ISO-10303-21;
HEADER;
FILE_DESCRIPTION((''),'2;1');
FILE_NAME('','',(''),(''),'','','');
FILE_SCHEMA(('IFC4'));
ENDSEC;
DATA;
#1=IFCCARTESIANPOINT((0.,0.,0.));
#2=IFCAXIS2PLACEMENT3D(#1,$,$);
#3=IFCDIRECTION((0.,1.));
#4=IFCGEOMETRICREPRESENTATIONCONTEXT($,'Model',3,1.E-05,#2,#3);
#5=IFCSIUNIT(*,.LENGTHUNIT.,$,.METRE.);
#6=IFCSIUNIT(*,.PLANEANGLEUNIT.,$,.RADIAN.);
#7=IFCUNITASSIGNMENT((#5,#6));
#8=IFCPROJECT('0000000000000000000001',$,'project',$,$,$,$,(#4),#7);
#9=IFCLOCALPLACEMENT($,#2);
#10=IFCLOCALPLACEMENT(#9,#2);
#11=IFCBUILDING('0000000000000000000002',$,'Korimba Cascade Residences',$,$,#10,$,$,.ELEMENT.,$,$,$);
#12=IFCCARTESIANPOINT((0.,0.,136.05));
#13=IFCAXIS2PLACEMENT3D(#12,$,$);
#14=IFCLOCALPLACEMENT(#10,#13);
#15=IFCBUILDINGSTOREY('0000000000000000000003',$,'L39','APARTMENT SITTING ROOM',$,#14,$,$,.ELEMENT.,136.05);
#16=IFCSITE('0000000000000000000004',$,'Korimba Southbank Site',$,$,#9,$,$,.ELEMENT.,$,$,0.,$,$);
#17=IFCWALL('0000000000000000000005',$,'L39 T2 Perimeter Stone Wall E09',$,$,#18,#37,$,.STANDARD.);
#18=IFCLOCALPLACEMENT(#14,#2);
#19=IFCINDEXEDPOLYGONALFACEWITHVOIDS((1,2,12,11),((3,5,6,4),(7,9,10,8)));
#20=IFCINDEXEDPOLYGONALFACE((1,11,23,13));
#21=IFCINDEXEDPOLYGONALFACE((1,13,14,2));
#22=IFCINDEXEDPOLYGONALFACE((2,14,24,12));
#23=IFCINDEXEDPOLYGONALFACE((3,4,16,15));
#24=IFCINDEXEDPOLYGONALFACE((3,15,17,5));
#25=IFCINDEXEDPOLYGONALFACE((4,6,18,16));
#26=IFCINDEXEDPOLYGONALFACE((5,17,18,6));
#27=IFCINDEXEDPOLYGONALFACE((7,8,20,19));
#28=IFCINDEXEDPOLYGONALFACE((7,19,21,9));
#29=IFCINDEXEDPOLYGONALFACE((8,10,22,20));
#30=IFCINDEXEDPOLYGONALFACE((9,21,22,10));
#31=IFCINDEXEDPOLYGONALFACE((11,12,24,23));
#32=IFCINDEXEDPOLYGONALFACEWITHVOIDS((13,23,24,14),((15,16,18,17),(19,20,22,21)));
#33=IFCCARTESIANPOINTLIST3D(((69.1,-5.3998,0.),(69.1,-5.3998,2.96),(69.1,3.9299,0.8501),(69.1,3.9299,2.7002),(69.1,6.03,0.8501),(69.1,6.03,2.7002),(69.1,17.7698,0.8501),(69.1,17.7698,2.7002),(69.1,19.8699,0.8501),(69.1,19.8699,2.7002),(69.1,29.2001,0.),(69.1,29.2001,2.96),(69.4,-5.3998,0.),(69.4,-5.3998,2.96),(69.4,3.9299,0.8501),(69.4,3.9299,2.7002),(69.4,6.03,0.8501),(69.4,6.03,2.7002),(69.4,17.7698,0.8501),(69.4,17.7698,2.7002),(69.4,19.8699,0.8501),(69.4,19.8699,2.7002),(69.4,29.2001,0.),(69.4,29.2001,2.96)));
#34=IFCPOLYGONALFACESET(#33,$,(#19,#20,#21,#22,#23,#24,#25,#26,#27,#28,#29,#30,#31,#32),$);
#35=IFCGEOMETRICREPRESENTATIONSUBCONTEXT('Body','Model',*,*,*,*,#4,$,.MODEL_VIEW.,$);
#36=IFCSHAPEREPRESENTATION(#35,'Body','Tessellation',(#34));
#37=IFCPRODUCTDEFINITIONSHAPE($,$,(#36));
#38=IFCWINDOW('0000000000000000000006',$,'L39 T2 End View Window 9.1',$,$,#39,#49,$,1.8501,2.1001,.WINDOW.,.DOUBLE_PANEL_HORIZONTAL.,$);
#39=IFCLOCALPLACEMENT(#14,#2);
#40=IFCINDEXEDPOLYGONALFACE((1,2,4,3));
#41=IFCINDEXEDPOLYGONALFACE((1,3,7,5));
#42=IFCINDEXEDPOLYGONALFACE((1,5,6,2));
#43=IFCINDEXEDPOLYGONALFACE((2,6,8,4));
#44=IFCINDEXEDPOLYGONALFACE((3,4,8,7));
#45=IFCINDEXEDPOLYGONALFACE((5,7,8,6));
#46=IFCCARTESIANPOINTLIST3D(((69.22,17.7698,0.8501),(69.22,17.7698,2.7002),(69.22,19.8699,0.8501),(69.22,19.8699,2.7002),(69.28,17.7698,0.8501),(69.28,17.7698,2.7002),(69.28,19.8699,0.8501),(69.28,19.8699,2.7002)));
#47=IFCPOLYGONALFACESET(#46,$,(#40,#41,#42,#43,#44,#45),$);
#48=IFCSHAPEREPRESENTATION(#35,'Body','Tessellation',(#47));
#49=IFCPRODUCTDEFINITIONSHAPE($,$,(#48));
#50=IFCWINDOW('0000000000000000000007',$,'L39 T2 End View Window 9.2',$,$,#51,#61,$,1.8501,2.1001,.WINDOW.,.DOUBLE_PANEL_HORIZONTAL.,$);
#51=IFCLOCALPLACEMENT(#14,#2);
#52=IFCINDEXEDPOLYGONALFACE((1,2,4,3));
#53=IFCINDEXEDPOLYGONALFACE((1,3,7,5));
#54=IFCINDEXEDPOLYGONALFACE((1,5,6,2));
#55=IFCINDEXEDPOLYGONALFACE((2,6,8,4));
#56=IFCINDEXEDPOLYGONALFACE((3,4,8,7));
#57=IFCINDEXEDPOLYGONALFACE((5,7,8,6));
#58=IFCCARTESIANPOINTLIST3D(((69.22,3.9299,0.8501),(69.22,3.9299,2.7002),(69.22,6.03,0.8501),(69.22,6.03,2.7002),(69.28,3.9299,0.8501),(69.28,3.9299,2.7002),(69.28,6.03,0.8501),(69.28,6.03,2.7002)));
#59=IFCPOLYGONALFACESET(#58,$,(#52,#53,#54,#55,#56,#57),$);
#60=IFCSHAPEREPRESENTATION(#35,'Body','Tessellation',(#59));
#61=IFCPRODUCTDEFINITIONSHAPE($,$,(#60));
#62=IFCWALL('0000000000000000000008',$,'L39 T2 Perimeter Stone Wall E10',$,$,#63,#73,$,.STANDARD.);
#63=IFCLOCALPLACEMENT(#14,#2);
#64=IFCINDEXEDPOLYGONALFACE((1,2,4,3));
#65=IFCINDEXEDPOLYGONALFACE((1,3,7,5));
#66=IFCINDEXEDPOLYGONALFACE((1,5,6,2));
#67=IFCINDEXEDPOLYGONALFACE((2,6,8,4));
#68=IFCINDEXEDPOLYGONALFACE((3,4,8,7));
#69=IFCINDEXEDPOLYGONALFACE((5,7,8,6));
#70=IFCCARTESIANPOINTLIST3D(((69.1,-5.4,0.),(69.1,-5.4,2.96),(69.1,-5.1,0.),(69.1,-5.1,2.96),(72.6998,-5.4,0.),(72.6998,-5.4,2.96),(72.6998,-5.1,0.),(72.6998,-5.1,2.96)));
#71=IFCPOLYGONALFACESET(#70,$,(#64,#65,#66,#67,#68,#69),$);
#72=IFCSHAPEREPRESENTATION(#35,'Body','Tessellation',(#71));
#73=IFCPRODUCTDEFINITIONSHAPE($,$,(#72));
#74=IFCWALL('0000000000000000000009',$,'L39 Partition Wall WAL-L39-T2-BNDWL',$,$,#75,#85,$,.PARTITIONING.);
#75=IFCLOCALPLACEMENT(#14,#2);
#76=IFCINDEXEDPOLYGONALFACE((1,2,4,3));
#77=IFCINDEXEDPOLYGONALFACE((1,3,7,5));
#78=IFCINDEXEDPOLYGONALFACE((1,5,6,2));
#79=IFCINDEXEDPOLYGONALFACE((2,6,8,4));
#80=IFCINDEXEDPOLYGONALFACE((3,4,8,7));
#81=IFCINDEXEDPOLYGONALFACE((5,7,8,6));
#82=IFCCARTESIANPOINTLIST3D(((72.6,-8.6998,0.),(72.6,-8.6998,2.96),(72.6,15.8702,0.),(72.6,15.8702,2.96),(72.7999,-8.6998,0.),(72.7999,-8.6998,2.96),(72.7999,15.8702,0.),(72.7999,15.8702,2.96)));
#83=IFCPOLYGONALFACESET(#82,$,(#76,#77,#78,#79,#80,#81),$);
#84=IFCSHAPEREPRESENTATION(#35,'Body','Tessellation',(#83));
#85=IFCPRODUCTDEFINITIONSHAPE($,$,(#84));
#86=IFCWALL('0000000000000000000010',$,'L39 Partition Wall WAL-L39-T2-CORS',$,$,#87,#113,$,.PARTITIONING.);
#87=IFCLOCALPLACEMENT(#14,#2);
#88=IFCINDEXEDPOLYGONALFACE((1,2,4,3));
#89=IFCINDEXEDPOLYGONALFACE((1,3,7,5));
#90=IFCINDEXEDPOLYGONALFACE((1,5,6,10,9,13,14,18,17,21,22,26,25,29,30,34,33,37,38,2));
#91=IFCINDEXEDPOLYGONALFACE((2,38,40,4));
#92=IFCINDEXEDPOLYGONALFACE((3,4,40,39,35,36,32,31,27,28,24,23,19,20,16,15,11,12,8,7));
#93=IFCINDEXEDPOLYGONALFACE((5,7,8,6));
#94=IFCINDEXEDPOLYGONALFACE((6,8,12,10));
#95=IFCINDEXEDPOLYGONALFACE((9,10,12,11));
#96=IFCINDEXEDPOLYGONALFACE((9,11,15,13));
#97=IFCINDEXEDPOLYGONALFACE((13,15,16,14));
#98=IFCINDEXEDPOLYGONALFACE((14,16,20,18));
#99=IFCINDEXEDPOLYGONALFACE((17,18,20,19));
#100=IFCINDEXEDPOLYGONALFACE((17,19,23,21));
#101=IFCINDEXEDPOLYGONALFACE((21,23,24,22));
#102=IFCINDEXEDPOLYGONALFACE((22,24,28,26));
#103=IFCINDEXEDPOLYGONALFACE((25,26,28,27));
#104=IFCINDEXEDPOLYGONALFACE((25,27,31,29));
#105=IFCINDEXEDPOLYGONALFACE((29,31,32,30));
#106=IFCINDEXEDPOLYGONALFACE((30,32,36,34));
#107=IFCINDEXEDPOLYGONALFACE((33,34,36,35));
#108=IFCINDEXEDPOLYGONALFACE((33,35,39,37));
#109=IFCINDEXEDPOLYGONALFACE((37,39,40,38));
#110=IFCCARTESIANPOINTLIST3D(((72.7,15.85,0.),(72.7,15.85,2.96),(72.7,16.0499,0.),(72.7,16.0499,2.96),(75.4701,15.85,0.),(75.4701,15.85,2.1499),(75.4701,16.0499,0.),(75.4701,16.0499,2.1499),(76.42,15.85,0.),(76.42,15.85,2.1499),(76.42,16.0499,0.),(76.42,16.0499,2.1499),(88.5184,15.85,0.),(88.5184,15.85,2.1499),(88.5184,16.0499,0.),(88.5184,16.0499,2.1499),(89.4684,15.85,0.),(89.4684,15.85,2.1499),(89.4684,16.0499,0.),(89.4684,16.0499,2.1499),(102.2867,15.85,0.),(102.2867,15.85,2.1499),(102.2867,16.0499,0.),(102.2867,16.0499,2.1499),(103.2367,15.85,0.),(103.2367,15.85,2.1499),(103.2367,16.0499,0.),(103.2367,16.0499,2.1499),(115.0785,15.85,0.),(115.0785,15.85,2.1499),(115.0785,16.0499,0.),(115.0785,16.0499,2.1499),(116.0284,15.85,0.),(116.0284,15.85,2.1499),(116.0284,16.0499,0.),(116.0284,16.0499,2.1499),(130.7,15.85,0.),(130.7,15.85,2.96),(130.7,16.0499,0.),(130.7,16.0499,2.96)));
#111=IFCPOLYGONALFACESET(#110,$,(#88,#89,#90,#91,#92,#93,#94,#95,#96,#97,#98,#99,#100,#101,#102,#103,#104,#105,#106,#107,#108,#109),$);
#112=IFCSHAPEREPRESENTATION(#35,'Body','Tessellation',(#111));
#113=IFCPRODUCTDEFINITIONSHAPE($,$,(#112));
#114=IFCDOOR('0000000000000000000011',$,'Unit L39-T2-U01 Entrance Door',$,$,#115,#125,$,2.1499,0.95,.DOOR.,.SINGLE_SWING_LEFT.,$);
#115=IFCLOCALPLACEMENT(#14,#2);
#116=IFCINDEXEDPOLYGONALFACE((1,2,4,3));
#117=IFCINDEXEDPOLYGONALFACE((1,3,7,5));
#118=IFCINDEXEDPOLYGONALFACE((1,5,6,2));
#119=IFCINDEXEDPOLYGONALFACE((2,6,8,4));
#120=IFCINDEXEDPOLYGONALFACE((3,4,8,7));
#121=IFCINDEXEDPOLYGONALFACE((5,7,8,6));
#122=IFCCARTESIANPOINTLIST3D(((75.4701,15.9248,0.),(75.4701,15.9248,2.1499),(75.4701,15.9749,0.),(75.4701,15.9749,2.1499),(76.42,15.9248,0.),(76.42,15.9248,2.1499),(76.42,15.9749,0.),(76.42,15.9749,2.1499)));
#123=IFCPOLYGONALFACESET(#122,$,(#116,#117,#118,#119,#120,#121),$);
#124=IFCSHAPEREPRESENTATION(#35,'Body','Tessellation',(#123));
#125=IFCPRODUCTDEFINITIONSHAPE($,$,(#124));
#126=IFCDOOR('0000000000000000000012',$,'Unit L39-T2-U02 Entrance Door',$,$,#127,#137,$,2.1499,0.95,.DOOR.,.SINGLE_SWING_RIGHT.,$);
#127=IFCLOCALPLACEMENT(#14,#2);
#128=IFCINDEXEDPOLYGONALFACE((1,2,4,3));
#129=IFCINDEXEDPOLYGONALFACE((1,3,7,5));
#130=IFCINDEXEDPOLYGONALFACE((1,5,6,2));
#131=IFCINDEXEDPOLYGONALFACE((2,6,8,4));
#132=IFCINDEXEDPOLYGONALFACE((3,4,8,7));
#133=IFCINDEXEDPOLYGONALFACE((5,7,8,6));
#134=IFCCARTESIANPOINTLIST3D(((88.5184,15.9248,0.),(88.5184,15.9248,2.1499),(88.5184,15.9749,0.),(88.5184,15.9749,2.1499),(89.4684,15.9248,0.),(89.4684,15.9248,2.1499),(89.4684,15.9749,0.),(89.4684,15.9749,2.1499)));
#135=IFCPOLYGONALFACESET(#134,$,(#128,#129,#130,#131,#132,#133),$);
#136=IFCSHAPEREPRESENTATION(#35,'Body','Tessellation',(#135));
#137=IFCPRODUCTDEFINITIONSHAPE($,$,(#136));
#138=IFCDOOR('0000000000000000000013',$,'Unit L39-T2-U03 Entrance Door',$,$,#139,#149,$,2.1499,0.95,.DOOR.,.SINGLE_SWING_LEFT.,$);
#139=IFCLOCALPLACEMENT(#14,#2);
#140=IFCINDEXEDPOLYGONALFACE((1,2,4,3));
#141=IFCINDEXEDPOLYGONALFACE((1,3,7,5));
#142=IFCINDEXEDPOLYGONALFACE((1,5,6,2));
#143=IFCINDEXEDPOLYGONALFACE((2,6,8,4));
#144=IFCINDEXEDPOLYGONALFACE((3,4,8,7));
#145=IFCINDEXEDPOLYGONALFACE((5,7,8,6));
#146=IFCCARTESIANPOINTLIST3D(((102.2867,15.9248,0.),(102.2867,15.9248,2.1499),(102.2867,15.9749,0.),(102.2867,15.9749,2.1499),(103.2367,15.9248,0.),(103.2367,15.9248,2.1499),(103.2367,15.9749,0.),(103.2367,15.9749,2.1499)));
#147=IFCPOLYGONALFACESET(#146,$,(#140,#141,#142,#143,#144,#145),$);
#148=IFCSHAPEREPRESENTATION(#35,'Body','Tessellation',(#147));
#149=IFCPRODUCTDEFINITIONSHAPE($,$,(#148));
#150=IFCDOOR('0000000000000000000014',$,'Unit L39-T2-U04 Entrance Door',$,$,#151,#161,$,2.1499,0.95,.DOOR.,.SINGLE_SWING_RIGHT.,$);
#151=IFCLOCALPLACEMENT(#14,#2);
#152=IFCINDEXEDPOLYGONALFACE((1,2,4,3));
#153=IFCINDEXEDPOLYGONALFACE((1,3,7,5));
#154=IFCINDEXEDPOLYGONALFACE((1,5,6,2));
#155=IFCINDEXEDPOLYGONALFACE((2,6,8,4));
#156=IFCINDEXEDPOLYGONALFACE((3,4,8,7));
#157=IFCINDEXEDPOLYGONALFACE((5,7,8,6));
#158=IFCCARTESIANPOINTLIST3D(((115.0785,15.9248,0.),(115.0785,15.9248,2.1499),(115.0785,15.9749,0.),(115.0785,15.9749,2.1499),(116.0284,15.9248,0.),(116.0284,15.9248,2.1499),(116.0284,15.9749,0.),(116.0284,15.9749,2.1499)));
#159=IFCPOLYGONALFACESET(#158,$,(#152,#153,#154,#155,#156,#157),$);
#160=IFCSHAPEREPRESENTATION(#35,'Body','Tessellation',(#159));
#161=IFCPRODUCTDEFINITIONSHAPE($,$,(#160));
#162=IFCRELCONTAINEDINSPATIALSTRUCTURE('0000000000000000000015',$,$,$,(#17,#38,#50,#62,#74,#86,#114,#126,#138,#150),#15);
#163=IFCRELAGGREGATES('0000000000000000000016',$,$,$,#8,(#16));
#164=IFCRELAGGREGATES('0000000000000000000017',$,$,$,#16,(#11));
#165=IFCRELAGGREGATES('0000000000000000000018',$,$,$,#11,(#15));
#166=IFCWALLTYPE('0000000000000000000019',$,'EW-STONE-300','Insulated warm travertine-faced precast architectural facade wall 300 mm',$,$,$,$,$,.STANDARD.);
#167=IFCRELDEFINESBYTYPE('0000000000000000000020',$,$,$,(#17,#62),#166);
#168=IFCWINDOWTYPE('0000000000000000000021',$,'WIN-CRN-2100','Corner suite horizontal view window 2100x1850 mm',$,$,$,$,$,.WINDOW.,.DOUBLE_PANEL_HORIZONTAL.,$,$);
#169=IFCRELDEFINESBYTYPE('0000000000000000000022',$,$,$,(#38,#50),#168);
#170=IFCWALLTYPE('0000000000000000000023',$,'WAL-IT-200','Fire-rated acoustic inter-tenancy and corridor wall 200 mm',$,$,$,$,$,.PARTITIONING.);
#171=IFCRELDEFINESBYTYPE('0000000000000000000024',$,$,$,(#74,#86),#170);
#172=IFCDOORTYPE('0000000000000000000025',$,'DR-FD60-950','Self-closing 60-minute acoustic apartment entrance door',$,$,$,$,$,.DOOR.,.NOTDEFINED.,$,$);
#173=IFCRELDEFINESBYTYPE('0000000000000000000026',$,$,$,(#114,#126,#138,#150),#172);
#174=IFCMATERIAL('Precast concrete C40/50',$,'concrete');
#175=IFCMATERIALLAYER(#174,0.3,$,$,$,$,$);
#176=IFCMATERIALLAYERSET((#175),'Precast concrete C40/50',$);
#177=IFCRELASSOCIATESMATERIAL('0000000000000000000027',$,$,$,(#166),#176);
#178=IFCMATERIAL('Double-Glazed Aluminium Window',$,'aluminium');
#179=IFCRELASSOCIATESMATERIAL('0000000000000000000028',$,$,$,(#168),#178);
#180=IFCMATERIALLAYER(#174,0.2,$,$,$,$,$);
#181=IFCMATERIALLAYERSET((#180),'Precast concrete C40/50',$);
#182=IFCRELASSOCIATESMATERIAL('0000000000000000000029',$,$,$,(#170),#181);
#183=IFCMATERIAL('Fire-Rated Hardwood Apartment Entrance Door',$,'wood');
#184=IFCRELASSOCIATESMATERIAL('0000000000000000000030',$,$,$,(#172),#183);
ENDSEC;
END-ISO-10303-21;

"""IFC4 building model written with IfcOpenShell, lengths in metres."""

from ifc_helpers import new_model, si_unit, direction, frame, frame_2d, origin, place, context, subcontext, project, spatial, rectangle, extrude, material, layer, layer_set, type_object, element, fill, save


model = new_model("IFC4")

# Units and contexts
model_context = context("Model", 3, precision=1e-05, world=origin(), true_north=direction((0.0, 1.0)))
body_context = subcontext(model_context, "Body", "Model", "MODEL_VIEW")
ifc_project = project(units=[si_unit("LENGTHUNIT", "METRE"), si_unit("PLANEANGLEUNIT", "RADIAN")], contexts=[model_context])

# Site, building, storey
site_placement = place(None, origin())
site = spatial("IfcSite", under=ifc_project, at=site_placement, Name="Korimba Southbank Site", CompositionType="ELEMENT", RefElevation=0.0)
building_placement = place(site_placement, origin())
building = spatial("IfcBuilding", under=site, at=building_placement, Name="Korimba Cascade Residences", CompositionType="ELEMENT")
storey_placement = place(building_placement, frame((0.0, 0.0, 136.05)))
storey = spatial("IfcBuildingStorey", under=building, at=storey_placement, Name="L39", Description="APARTMENT SITTING ROOM", CompositionType="ELEMENT", Elevation=136.05)

# Shared definitions
ifc_material_1 = material(Name="Precast concrete C40/50", Category="concrete")

# Shared definitions
ifc_material_2 = material(Name="Double-Glazed Aluminium Window", Category="aluminium")

# Wall, openings, windows
ifc_layer_1 = layer(ifc_material_1, 0.3)
ifc_layer_set_1 = layer_set([ifc_layer_1], Name="Precast concrete C40/50")
wall_type_1 = type_object("IfcWallType", Name="EW-STONE-300", Description="Insulated warm travertine-faced precast architectural facade wall 300 mm", PredefinedType="STANDARD", material=ifc_layer_set_1)
wall_1_placement = place(storey_placement, frame((69.25, 29.2, 0.0), z_axis=(0.0, 0.0, 1.0), x_axis=(0.0, -1.0, 0.0)))
wall_1 = element("IfcWall", 1, at=wall_1_placement, inside=storey, type_object=wall_type_1, Name="L39 T2 Perimeter Stone Wall E09", PredefinedType="STANDARD", context=body_context, shape_type="SweptSolid", body=[
    extrude(rectangle(XDim=34.5999, YDim=0.3, at=frame_2d((17.2998, 0.0))), origin(), (0.0, 0.0, 1.0), 2.96),
])
opening_1_placement = place(wall_1_placement, frame((9.3301, 0.0, 0.8501)))
opening_1 = element("IfcOpeningElement", 2, at=opening_1_placement, cuts=wall_1, PredefinedType="OPENING", context=body_context, shape_type="SweptSolid", body=[
    extrude(rectangle(XDim=2.1001, YDim=1.8501, at=frame_2d((1.05, 0.925))), frame((0.0, 0.1602, 0.0), z_axis=(0.0, -1.0, 0.0), x_axis=(1.0, 0.0, 0.0)), (0.0, 0.0, 1.0), 0.3201),
])
opening_2_placement = place(wall_1_placement, frame((23.1699, 0.0, 0.8501)))
opening_2 = element("IfcOpeningElement", 3, at=opening_2_placement, cuts=wall_1, PredefinedType="OPENING", context=body_context, shape_type="SweptSolid", body=[
    extrude(rectangle(XDim=2.1001, YDim=1.8501, at=frame_2d((1.05, 0.925))), frame((0.0, 0.1602, 0.0), z_axis=(0.0, -1.0, 0.0), x_axis=(1.0, 0.0, 0.0)), (0.0, 0.0, 1.0), 0.3201),
])
window_type_1 = type_object("IfcWindowType", Name="WIN-CRN-2100", Description="Corner suite horizontal view window 2100x1850 mm", PartitioningType="DOUBLE_PANEL_HORIZONTAL", PredefinedType="WINDOW", material=ifc_material_2)
window_1_placement = place(opening_1_placement, origin())
window_1 = element("IfcWindow", 4, at=window_1_placement, inside=storey, type_object=window_type_1, Name="L39 T2 End View Window 9.1", OverallHeight=1.8501, OverallWidth=2.1001, PartitioningType="DOUBLE_PANEL_HORIZONTAL", PredefinedType="WINDOW", context=body_context, shape_type="SweptSolid", body=[
    extrude(rectangle(XDim=2.1001, YDim=1.8501, at=frame_2d((1.05, 0.925))), frame((0.0, 0.03, 0.0), z_axis=(0.0, -1.0, 0.0), x_axis=(1.0, 0.0, 0.0)), (0.0, 0.0, 1.0), 0.0601),
])
fill(opening_1, window_1)
window_2_placement = place(opening_2_placement, origin())
window_2 = element("IfcWindow", 5, at=window_2_placement, inside=storey, type_object=window_type_1, Name="L39 T2 End View Window 9.2", OverallHeight=1.8501, OverallWidth=2.1001, PartitioningType="DOUBLE_PANEL_HORIZONTAL", PredefinedType="WINDOW", context=body_context, shape_type="SweptSolid", body=[
    extrude(rectangle(XDim=2.1001, YDim=1.8501, at=frame_2d((1.05, 0.925))), frame((0.0, 0.03, 0.0), z_axis=(0.0, -1.0, 0.0), x_axis=(1.0, 0.0, 0.0)), (0.0, 0.0, 1.0), 0.0601),
])
fill(opening_2, window_2)

# Walls
wall_2_placement = place(storey_placement, frame((69.1001, -5.25, 0.0), z_axis=(0.0, 0.0, 1.0), x_axis=(1.0, 0.0, 0.0)))
element("IfcWall", 6, at=wall_2_placement, inside=storey, type_object=wall_type_1, Name="L39 T2 Perimeter Stone Wall E10", PredefinedType="STANDARD", context=body_context, shape_type="SweptSolid", body=[
    extrude(rectangle(XDim=3.5999, YDim=0.3, at=frame_2d((1.7998, 0.0))), origin(), (0.0, 0.0, 1.0), 2.96),
])
ifc_layer_2 = layer(ifc_material_1, 0.2)
ifc_layer_set_2 = layer_set([ifc_layer_2], Name="Precast concrete C40/50")
wall_type_2 = type_object("IfcWallType", Name="WAL-IT-200", Description="Fire-rated acoustic inter-tenancy and corridor wall 200 mm", PredefinedType="PARTITIONING", material=ifc_layer_set_2)
wall_3_placement = place(storey_placement, frame((72.7, -8.7, 0.0), z_axis=(0.0, 0.0, 1.0), x_axis=(0.0, 1.0, 0.0)))
element("IfcWall", 7, at=wall_3_placement, inside=storey, type_object=wall_type_2, Name="L39 Partition Wall WAL-L39-T2-BNDWL", PredefinedType="PARTITIONING", context=body_context, shape_type="SweptSolid", body=[
    extrude(rectangle(XDim=24.5701, YDim=0.2, at=frame_2d((12.2852, 0.0))), origin(), (0.0, 0.0, 1.0), 2.96),
])

# Wall, openings, doors
wall_4_placement = place(storey_placement, frame((72.7, 15.95, 0.0), z_axis=(0.0, 0.0, 1.0), x_axis=(1.0, 0.0, 0.0)))
wall_4 = element("IfcWall", 8, at=wall_4_placement, inside=storey, type_object=wall_type_2, Name="L39 Partition Wall WAL-L39-T2-CORS", PredefinedType="PARTITIONING", context=body_context, shape_type="SweptSolid", body=[
    extrude(rectangle(XDim=58.0, YDim=0.2, at=frame_2d((29.0, 0.0))), origin(), (0.0, 0.0, 1.0), 2.96),
])
opening_3_placement = place(wall_4_placement, frame((2.77, 0.0, 0.0)))
opening_3 = element("IfcOpeningElement", 9, at=opening_3_placement, cuts=wall_4, PredefinedType="OPENING", context=body_context, shape_type="SweptSolid", body=[
    extrude(rectangle(XDim=0.95, YDim=2.1499, at=frame_2d((0.4751, 1.075))), frame((0.0, 0.1099, 0.0), z_axis=(0.0, -1.0, 0.0), x_axis=(1.0, 0.0, 0.0)), (0.0, 0.0, 1.0), 0.22),
])
opening_4_placement = place(wall_4_placement, frame((15.8184, 0.0, 0.0)))
opening_4 = element("IfcOpeningElement", 10, at=opening_4_placement, cuts=wall_4, PredefinedType="OPENING", context=body_context, shape_type="SweptSolid", body=[
    extrude(rectangle(XDim=0.95, YDim=2.1499, at=frame_2d((0.4751, 1.075))), frame((0.0, 0.1099, 0.0), z_axis=(0.0, -1.0, 0.0), x_axis=(1.0, 0.0, 0.0)), (0.0, 0.0, 1.0), 0.22),
])
opening_5_placement = place(wall_4_placement, frame((29.5867, 0.0, 0.0)))
opening_5 = element("IfcOpeningElement", 11, at=opening_5_placement, cuts=wall_4, PredefinedType="OPENING", context=body_context, shape_type="SweptSolid", body=[
    extrude(rectangle(XDim=0.95, YDim=2.1499, at=frame_2d((0.4751, 1.075))), frame((0.0, 0.1099, 0.0), z_axis=(0.0, -1.0, 0.0), x_axis=(1.0, 0.0, 0.0)), (0.0, 0.0, 1.0), 0.22),
])
opening_6_placement = place(wall_4_placement, frame((42.3784, 0.0, 0.0)))
opening_6 = element("IfcOpeningElement", 12, at=opening_6_placement, cuts=wall_4, PredefinedType="OPENING", context=body_context, shape_type="SweptSolid", body=[
    extrude(rectangle(XDim=0.95, YDim=2.1499, at=frame_2d((0.4751, 1.075))), frame((0.0, 0.1099, 0.0), z_axis=(0.0, -1.0, 0.0), x_axis=(1.0, 0.0, 0.0)), (0.0, 0.0, 1.0), 0.22),
])
ifc_material_3 = material(Name="Fire-Rated Hardwood Apartment Entrance Door", Category="wood")
door_type_1 = type_object("IfcDoorType", Name="DR-FD60-950", Description="Self-closing 60-minute acoustic apartment entrance door", OperationType="NOTDEFINED", PredefinedType="DOOR", material=ifc_material_3)
door_1_placement = place(opening_3_placement, origin())
door_1 = element("IfcDoor", 13, at=door_1_placement, inside=storey, type_object=door_type_1, Name="Unit L39-T2-U01 Entrance Door", OperationType="SINGLE_SWING_LEFT", OverallHeight=2.1499, OverallWidth=0.95, PredefinedType="DOOR", context=body_context, shape_type="SweptSolid", body=[
    extrude(rectangle(XDim=0.95, YDim=2.1499, at=frame_2d((0.4751, 1.075))), frame((0.0, 0.0249, 0.0), z_axis=(0.0, -1.0, 0.0), x_axis=(1.0, 0.0, 0.0)), (0.0, 0.0, 1.0), 0.05),
])
fill(opening_3, door_1)
door_2_placement = place(opening_4_placement, origin())
door_2 = element("IfcDoor", 14, at=door_2_placement, inside=storey, type_object=door_type_1, Name="Unit L39-T2-U02 Entrance Door", OperationType="SINGLE_SWING_RIGHT", OverallHeight=2.1499, OverallWidth=0.95, PredefinedType="DOOR", context=body_context, shape_type="SweptSolid", body=[
    extrude(rectangle(XDim=0.95, YDim=2.1499, at=frame_2d((0.4751, 1.075))), frame((0.0, 0.0249, 0.0), z_axis=(0.0, -1.0, 0.0), x_axis=(1.0, 0.0, 0.0)), (0.0, 0.0, 1.0), 0.05),
])
fill(opening_4, door_2)
door_3_placement = place(opening_5_placement, origin())
door_3 = element("IfcDoor", 15, at=door_3_placement, inside=storey, type_object=door_type_1, Name="Unit L39-T2-U03 Entrance Door", OperationType="SINGLE_SWING_LEFT", OverallHeight=2.1499, OverallWidth=0.95, PredefinedType="DOOR", context=body_context, shape_type="SweptSolid", body=[
    extrude(rectangle(XDim=0.95, YDim=2.1499, at=frame_2d((0.4751, 1.075))), frame((0.0, 0.0249, 0.0), z_axis=(0.0, -1.0, 0.0), x_axis=(1.0, 0.0, 0.0)), (0.0, 0.0, 1.0), 0.05),
])
fill(opening_5, door_3)
door_4_placement = place(opening_6_placement, origin())
door_4 = element("IfcDoor", 16, at=door_4_placement, inside=storey, type_object=door_type_1, Name="Unit L39-T2-U04 Entrance Door", OperationType="SINGLE_SWING_RIGHT", OverallHeight=2.1499, OverallWidth=0.95, PredefinedType="DOOR", context=body_context, shape_type="SweptSolid", body=[
    extrude(rectangle(XDim=0.95, YDim=2.1499, at=frame_2d((0.4751, 1.075))), frame((0.0, 0.0249, 0.0), z_axis=(0.0, -1.0, 0.0), x_axis=(1.0, 0.0, 0.0)), (0.0, 0.0, 1.0), 0.05),
])
fill(opening_6, door_4)

save(model, "model.ifc")
